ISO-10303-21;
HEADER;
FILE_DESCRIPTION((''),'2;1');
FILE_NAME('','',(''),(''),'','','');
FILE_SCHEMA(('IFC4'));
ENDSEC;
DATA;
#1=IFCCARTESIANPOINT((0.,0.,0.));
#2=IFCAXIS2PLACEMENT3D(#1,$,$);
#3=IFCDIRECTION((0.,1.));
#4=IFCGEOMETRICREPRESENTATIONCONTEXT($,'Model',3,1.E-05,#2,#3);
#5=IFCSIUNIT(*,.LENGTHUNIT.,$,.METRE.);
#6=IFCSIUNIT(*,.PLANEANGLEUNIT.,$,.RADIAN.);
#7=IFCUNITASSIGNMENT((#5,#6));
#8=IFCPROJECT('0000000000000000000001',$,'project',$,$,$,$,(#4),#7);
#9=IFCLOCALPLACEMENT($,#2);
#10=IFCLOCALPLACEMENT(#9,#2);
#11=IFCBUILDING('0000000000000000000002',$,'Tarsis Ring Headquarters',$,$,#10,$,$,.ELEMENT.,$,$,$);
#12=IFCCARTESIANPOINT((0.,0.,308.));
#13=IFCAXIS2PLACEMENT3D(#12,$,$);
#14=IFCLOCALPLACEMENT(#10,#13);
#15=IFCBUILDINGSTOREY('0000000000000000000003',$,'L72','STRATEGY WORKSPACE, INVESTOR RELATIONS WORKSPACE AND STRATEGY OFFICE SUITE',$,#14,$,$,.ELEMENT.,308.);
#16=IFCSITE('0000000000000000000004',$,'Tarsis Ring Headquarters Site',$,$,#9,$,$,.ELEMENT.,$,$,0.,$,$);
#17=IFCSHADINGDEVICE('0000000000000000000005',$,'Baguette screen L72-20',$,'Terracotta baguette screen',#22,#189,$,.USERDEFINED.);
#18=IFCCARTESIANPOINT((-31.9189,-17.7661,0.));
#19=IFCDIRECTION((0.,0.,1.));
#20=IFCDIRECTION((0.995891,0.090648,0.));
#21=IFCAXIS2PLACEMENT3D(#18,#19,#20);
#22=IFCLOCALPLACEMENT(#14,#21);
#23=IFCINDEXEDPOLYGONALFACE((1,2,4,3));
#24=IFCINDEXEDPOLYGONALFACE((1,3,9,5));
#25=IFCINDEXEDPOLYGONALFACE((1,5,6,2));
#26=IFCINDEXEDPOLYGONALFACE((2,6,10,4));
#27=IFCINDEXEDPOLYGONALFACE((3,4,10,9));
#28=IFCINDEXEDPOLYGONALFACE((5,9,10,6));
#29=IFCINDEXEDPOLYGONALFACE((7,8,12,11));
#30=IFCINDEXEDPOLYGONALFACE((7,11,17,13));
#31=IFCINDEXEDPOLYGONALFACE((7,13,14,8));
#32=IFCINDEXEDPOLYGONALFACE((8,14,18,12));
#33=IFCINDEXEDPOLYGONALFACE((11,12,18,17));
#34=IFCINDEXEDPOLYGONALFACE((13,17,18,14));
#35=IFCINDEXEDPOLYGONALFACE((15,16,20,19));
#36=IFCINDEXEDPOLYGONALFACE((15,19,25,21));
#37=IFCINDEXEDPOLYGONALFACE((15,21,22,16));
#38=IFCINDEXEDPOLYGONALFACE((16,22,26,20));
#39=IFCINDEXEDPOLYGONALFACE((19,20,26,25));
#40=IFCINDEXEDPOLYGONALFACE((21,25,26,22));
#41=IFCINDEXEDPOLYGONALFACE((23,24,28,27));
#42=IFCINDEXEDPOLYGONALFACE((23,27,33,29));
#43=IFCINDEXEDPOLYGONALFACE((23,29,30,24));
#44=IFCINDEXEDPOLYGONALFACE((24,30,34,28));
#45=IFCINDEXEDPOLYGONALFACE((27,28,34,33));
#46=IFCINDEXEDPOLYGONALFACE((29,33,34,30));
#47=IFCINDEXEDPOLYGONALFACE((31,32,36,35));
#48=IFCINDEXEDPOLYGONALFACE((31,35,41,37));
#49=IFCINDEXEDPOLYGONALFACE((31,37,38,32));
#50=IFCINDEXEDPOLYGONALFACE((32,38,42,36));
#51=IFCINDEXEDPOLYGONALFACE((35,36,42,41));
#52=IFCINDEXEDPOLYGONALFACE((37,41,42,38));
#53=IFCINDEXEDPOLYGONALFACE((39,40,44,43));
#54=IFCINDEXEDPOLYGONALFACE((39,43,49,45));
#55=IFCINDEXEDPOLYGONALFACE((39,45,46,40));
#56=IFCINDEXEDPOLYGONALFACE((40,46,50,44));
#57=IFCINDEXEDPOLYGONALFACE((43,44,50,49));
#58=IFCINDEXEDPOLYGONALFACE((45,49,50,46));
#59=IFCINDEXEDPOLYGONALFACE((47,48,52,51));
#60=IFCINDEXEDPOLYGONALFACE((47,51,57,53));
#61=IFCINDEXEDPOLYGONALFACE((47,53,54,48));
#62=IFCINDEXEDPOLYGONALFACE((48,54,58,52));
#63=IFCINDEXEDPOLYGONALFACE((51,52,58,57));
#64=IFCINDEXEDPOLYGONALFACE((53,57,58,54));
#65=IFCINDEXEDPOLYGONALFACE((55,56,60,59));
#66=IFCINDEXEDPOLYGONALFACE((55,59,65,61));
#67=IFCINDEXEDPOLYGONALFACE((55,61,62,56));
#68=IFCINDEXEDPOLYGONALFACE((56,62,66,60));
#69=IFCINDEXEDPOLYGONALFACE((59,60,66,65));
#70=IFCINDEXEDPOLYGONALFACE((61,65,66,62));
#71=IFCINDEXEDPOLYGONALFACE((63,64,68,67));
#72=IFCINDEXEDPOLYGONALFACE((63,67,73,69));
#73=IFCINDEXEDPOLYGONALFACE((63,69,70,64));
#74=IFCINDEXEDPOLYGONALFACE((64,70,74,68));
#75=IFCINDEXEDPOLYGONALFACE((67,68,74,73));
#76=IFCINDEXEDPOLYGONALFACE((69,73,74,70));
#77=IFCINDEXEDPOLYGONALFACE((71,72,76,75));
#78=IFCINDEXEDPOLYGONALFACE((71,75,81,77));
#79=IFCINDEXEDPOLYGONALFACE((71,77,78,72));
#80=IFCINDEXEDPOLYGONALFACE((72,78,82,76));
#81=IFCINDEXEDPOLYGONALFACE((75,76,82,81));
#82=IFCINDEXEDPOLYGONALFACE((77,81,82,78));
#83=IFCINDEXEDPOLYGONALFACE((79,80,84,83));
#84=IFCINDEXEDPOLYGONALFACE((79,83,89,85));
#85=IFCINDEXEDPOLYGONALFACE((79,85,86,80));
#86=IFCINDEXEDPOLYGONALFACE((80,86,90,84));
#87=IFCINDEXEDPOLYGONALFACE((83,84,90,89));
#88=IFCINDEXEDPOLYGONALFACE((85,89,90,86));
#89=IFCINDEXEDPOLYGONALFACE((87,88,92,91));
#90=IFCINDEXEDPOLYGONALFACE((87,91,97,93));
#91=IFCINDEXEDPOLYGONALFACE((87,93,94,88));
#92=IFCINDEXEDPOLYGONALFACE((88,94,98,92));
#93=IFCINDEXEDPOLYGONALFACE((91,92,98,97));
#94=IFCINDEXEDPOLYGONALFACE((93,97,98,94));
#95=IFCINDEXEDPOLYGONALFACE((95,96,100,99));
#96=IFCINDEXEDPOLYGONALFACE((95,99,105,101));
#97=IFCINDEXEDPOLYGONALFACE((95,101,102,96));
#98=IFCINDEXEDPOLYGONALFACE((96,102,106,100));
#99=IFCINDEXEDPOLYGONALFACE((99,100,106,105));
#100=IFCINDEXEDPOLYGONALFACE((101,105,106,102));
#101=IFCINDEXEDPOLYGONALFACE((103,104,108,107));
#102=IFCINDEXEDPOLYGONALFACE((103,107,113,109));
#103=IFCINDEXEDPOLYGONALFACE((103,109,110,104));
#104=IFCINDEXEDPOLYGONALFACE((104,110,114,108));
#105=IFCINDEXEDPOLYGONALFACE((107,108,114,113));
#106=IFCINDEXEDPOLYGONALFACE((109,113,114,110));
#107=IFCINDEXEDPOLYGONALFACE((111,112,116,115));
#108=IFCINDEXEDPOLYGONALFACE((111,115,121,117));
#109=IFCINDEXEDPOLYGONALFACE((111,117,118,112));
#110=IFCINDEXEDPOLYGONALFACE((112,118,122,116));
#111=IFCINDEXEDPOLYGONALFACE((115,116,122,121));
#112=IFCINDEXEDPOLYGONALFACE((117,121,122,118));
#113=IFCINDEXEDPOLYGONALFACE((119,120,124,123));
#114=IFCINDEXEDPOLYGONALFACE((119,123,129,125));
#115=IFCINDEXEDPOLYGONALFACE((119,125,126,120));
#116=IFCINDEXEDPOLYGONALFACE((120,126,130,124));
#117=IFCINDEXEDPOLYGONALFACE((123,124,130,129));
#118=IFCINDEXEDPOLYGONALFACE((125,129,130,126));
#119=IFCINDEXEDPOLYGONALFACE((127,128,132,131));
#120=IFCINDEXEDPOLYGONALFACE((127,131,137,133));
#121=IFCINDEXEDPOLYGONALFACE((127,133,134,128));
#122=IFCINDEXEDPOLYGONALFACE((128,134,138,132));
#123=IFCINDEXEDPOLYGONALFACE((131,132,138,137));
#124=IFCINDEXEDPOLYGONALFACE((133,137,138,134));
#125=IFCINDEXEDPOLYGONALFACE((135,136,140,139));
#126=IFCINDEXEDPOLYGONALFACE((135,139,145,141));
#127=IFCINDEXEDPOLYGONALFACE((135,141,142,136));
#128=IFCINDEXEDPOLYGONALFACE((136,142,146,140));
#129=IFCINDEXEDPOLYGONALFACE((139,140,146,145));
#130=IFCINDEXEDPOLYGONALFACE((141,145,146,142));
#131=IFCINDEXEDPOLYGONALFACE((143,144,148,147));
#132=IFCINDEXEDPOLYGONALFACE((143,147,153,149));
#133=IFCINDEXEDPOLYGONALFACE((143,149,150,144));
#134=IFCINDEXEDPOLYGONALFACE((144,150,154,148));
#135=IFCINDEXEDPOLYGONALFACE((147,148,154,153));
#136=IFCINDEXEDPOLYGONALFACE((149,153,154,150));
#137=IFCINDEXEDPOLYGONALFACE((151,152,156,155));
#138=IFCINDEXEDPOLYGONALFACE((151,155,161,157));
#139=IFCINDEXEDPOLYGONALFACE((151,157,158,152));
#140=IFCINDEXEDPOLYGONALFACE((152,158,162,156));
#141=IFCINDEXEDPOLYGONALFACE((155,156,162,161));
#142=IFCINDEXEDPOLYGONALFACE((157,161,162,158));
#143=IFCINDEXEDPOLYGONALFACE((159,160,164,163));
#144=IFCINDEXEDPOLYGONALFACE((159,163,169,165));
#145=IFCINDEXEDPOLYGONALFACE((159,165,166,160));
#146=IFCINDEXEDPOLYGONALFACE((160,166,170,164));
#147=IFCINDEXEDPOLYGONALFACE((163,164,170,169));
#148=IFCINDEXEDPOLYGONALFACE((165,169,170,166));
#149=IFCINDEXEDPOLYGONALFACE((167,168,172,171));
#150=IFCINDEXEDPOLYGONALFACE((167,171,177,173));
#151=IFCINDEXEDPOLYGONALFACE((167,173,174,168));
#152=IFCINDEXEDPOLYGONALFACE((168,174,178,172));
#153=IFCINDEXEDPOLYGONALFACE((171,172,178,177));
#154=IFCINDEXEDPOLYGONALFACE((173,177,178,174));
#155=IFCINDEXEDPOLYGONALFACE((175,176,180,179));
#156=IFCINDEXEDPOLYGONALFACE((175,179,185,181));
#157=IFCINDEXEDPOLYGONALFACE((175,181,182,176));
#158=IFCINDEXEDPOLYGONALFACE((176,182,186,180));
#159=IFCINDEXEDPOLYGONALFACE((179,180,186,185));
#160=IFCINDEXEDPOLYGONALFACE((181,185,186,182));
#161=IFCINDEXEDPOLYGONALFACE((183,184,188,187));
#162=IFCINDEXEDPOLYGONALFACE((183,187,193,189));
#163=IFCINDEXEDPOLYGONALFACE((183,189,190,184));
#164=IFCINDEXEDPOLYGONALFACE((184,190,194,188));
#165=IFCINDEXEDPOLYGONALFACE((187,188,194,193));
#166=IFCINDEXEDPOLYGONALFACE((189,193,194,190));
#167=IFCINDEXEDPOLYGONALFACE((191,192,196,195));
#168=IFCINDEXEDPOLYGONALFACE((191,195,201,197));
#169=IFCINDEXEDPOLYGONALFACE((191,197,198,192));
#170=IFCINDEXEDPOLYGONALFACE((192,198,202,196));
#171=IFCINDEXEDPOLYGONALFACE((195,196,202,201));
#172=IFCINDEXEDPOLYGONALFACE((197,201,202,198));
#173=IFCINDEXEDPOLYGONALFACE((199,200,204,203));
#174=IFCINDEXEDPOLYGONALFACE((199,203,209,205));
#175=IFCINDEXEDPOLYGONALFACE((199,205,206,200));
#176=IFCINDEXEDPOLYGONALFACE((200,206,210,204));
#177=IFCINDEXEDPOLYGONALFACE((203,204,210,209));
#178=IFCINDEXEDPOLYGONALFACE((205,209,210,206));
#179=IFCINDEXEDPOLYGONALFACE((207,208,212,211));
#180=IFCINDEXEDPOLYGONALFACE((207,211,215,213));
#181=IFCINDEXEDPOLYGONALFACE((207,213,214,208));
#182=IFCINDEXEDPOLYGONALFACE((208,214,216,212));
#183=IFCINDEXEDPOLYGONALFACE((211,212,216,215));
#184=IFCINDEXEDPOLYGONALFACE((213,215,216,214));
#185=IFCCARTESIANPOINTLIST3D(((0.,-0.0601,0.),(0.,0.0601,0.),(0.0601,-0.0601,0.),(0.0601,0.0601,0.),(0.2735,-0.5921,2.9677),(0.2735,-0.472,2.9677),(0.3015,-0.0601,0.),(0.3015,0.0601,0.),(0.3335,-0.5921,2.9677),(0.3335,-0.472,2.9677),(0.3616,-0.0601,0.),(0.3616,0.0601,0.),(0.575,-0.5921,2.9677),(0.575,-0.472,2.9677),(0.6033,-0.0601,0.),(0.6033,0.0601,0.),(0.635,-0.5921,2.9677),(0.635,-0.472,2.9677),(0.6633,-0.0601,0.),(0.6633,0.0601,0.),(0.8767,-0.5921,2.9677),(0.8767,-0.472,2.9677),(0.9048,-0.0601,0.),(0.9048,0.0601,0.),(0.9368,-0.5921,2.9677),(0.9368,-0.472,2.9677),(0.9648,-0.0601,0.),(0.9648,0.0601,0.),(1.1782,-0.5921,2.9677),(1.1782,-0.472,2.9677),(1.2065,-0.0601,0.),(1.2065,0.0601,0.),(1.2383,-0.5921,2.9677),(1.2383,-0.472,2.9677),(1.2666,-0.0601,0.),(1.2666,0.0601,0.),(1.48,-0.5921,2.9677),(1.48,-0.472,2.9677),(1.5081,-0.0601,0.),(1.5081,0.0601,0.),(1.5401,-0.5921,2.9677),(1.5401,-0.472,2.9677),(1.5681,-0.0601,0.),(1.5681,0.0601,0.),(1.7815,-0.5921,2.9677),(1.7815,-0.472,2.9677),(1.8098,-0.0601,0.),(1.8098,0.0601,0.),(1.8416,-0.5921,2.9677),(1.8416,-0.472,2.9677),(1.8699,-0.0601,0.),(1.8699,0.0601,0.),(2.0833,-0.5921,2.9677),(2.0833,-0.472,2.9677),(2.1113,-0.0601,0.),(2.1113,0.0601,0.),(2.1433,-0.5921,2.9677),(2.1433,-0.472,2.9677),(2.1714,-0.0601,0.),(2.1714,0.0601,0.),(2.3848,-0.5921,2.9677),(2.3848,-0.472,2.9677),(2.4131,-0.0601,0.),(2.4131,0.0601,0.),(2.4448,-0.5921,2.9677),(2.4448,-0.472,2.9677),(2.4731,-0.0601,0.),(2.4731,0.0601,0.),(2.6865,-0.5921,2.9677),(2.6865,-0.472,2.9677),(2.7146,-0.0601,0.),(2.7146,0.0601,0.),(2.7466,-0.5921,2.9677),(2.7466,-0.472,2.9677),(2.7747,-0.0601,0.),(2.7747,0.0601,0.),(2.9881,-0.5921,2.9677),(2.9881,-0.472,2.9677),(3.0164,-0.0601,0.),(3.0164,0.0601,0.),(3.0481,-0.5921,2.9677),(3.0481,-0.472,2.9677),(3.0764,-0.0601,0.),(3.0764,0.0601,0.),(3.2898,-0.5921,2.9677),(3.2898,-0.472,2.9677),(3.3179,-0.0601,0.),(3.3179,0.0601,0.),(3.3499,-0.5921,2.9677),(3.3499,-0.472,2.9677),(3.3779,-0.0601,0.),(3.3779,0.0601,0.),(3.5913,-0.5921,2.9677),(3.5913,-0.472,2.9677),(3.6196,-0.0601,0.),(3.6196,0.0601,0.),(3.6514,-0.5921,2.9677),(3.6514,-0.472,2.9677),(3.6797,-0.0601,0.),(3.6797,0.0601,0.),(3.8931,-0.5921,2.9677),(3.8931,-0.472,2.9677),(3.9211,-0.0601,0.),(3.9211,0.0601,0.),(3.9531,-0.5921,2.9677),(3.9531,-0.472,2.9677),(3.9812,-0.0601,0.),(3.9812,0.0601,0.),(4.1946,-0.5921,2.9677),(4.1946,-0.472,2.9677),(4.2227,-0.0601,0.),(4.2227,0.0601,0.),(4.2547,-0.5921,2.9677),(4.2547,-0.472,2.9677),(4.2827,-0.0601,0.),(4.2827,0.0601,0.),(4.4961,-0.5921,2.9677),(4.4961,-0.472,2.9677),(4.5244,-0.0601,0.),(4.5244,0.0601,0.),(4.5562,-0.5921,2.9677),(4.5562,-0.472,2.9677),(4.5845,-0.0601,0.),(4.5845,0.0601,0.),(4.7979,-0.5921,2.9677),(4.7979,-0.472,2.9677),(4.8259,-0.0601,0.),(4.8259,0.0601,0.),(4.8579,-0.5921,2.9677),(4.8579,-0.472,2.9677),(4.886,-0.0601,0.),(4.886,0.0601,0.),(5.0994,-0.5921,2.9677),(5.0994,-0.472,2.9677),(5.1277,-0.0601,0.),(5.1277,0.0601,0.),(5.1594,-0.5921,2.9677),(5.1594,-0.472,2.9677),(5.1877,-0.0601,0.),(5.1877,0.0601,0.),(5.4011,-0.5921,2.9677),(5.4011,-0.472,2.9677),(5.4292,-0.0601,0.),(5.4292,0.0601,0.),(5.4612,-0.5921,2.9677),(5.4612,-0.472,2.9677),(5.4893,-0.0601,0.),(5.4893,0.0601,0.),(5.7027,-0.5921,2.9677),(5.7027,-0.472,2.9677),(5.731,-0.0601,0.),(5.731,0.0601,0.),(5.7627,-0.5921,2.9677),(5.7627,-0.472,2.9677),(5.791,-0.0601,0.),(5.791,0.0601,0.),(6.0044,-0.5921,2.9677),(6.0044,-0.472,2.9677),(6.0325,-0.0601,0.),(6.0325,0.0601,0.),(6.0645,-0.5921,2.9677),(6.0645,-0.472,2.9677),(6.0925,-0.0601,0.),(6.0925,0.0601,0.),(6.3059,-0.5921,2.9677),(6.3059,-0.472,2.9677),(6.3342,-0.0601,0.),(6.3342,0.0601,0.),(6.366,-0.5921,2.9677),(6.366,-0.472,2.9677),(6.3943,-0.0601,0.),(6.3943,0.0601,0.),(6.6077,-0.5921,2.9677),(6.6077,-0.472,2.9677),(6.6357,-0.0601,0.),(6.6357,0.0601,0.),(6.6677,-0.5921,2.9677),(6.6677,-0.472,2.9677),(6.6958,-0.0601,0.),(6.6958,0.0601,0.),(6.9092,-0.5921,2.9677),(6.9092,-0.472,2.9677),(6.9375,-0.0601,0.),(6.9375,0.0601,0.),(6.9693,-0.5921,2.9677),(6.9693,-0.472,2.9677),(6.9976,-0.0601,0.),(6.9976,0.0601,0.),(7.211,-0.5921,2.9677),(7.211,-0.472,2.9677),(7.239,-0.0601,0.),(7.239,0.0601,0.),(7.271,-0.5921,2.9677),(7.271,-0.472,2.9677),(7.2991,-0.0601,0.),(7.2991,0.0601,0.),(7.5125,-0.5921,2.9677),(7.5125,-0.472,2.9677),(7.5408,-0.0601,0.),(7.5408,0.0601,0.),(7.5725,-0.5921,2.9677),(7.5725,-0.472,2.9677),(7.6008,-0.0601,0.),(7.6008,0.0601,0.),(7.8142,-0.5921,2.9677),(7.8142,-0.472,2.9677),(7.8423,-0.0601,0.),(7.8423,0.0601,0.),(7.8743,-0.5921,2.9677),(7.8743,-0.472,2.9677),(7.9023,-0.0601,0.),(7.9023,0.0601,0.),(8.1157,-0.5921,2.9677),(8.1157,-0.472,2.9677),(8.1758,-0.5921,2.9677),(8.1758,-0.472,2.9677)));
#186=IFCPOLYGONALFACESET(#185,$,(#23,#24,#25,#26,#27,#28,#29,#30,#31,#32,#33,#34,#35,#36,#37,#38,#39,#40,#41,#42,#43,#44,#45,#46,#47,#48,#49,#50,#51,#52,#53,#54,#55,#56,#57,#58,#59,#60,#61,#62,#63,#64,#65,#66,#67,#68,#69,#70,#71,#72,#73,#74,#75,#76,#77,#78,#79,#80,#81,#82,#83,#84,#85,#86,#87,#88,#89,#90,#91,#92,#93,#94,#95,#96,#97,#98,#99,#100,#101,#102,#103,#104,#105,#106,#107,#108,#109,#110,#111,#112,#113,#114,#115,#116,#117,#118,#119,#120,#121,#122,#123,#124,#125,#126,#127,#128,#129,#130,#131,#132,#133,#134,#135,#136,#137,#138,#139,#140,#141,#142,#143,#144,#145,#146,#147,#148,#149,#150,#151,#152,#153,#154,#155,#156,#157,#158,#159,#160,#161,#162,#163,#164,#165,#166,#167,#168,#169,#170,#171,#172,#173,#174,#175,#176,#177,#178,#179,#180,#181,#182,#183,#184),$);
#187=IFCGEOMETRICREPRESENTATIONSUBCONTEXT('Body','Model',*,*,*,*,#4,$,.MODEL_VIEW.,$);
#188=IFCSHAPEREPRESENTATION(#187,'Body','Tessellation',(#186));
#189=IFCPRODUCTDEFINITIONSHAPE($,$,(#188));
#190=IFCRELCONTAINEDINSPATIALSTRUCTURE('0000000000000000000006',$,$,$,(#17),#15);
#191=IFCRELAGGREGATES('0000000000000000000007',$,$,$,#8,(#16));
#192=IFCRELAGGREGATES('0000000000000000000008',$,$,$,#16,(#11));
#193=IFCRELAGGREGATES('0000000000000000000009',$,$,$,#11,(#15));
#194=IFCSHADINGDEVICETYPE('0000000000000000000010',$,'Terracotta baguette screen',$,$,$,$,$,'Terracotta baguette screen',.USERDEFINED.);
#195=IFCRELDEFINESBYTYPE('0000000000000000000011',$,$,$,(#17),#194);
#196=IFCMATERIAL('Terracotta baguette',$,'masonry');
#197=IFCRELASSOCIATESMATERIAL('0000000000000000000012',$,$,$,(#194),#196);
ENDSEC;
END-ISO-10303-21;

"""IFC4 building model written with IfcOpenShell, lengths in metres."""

from ifc_helpers import new_model, si_unit, direction, frame, frame_2d, origin, place, context, subcontext, project, spatial, rectangle, composite_profile, extrude, material, type_object, element, save


model = new_model("IFC4")

# Units and contexts
model_context = context("Model", 3, precision=1e-05, world=origin(), true_north=direction((0.0, 1.0)))
body_context = subcontext(model_context, "Body", "Model", "MODEL_VIEW")
ifc_project = project(units=[si_unit("LENGTHUNIT", "METRE"), si_unit("PLANEANGLEUNIT", "RADIAN")], contexts=[model_context])

# Site, building, storey
site_placement = place(None, origin())
site = spatial("IfcSite", under=ifc_project, at=site_placement, Name="Tarsis Ring Headquarters Site", CompositionType="ELEMENT", RefElevation=0.0)
building_placement = place(site_placement, origin())
building = spatial("IfcBuilding", under=site, at=building_placement, Name="Tarsis Ring Headquarters", CompositionType="ELEMENT")
storey_placement = place(building_placement, frame((0.0, 0.0, 308.0)))
storey = spatial("IfcBuildingStorey", under=building, at=storey_placement, Name="L72", Description="STRATEGY WORKSPACE, INVESTOR RELATIONS WORKSPACE AND STRATEGY OFFICE SUITE", CompositionType="ELEMENT", Elevation=308.0)

# Shading device
ifc_material_1 = material(Name="Terracotta baguette", Category="masonry")
shading_device_type = type_object("IfcShadingDeviceType", Name="Terracotta baguette screen", ElementType="Terracotta baguette screen", PredefinedType="USERDEFINED", material=ifc_material_1)
shading_device_1_placement = place(storey_placement, frame((-31.9189, -17.7661, 0.0), z_axis=(0.0, 0.0, 1.0), x_axis=(0.995891, 0.090648, 0.0)))
element("IfcShadingDevice", 1, at=shading_device_1_placement, inside=storey, type_object=shading_device_type, Name="Baguette screen L72-20", ObjectType="Terracotta baguette screen", PredefinedType="USERDEFINED", context=body_context, shape_type="SweptSolid", body=[
    extrude(composite_profile([rectangle(XDim=0.0601, YDim=0.1201, at=frame_2d((0.03, 0.0))), rectangle(XDim=0.0601, YDim=0.1201, at=frame_2d((0.3315, 0.0))), rectangle(XDim=0.0601, YDim=0.1201, at=frame_2d((0.6333, 0.0))), rectangle(XDim=0.0601, YDim=0.1201, at=frame_2d((0.9348, 0.0))), rectangle(XDim=0.0601, YDim=0.1201, at=frame_2d((1.2366, 0.0))), rectangle(XDim=0.0601, YDim=0.1201, at=frame_2d((1.5381, 0.0))), rectangle(XDim=0.0601, YDim=0.1201, at=frame_2d((1.8398, 0.0))), rectangle(XDim=0.0601, YDim=0.1201, at=frame_2d((2.1414, 0.0))), rectangle(XDim=0.0601, YDim=0.1201, at=frame_2d((2.4431, 0.0))), rectangle(XDim=0.0601, YDim=0.1201, at=frame_2d((2.7446, 0.0))), rectangle(XDim=0.0601, YDim=0.1201, at=frame_2d((3.0464, 0.0))), rectangle(XDim=0.0601, YDim=0.1201, at=frame_2d((3.3479, 0.0))), rectangle(XDim=0.0601, YDim=0.1201, at=frame_2d((3.6497, 0.0))), rectangle(XDim=0.0601, YDim=0.1201, at=frame_2d((3.9512, 0.0))), rectangle(XDim=0.0601, YDim=0.1201, at=frame_2d((4.2527, 0.0))), rectangle(XDim=0.0601, YDim=0.1201, at=frame_2d((4.5544, 0.0))), rectangle(XDim=0.0601, YDim=0.1201, at=frame_2d((4.856, 0.0))), rectangle(XDim=0.0601, YDim=0.1201, at=frame_2d((5.1577, 0.0))), rectangle(XDim=0.0601, YDim=0.1201, at=frame_2d((5.4592, 0.0))), rectangle(XDim=0.0601, YDim=0.1201, at=frame_2d((5.761, 0.0))), rectangle(XDim=0.0601, YDim=0.1201, at=frame_2d((6.0625, 0.0))), rectangle(XDim=0.0601, YDim=0.1201, at=frame_2d((6.3643, 0.0))), rectangle(XDim=0.0601, YDim=0.1201, at=frame_2d((6.6658, 0.0))), rectangle(XDim=0.0601, YDim=0.1201, at=frame_2d((6.9675, 0.0))), rectangle(XDim=0.0601, YDim=0.1201, at=frame_2d((7.269, 0.0))), rectangle(XDim=0.0601, YDim=0.1201, at=frame_2d((7.5708, 0.0))), rectangle(XDim=0.0601, YDim=0.1201, at=frame_2d((7.8723, 0.0)))]), origin(), (0.09033, -0.175738, 0.980284), 3.0273),
])

save(model, "model.ifc")
